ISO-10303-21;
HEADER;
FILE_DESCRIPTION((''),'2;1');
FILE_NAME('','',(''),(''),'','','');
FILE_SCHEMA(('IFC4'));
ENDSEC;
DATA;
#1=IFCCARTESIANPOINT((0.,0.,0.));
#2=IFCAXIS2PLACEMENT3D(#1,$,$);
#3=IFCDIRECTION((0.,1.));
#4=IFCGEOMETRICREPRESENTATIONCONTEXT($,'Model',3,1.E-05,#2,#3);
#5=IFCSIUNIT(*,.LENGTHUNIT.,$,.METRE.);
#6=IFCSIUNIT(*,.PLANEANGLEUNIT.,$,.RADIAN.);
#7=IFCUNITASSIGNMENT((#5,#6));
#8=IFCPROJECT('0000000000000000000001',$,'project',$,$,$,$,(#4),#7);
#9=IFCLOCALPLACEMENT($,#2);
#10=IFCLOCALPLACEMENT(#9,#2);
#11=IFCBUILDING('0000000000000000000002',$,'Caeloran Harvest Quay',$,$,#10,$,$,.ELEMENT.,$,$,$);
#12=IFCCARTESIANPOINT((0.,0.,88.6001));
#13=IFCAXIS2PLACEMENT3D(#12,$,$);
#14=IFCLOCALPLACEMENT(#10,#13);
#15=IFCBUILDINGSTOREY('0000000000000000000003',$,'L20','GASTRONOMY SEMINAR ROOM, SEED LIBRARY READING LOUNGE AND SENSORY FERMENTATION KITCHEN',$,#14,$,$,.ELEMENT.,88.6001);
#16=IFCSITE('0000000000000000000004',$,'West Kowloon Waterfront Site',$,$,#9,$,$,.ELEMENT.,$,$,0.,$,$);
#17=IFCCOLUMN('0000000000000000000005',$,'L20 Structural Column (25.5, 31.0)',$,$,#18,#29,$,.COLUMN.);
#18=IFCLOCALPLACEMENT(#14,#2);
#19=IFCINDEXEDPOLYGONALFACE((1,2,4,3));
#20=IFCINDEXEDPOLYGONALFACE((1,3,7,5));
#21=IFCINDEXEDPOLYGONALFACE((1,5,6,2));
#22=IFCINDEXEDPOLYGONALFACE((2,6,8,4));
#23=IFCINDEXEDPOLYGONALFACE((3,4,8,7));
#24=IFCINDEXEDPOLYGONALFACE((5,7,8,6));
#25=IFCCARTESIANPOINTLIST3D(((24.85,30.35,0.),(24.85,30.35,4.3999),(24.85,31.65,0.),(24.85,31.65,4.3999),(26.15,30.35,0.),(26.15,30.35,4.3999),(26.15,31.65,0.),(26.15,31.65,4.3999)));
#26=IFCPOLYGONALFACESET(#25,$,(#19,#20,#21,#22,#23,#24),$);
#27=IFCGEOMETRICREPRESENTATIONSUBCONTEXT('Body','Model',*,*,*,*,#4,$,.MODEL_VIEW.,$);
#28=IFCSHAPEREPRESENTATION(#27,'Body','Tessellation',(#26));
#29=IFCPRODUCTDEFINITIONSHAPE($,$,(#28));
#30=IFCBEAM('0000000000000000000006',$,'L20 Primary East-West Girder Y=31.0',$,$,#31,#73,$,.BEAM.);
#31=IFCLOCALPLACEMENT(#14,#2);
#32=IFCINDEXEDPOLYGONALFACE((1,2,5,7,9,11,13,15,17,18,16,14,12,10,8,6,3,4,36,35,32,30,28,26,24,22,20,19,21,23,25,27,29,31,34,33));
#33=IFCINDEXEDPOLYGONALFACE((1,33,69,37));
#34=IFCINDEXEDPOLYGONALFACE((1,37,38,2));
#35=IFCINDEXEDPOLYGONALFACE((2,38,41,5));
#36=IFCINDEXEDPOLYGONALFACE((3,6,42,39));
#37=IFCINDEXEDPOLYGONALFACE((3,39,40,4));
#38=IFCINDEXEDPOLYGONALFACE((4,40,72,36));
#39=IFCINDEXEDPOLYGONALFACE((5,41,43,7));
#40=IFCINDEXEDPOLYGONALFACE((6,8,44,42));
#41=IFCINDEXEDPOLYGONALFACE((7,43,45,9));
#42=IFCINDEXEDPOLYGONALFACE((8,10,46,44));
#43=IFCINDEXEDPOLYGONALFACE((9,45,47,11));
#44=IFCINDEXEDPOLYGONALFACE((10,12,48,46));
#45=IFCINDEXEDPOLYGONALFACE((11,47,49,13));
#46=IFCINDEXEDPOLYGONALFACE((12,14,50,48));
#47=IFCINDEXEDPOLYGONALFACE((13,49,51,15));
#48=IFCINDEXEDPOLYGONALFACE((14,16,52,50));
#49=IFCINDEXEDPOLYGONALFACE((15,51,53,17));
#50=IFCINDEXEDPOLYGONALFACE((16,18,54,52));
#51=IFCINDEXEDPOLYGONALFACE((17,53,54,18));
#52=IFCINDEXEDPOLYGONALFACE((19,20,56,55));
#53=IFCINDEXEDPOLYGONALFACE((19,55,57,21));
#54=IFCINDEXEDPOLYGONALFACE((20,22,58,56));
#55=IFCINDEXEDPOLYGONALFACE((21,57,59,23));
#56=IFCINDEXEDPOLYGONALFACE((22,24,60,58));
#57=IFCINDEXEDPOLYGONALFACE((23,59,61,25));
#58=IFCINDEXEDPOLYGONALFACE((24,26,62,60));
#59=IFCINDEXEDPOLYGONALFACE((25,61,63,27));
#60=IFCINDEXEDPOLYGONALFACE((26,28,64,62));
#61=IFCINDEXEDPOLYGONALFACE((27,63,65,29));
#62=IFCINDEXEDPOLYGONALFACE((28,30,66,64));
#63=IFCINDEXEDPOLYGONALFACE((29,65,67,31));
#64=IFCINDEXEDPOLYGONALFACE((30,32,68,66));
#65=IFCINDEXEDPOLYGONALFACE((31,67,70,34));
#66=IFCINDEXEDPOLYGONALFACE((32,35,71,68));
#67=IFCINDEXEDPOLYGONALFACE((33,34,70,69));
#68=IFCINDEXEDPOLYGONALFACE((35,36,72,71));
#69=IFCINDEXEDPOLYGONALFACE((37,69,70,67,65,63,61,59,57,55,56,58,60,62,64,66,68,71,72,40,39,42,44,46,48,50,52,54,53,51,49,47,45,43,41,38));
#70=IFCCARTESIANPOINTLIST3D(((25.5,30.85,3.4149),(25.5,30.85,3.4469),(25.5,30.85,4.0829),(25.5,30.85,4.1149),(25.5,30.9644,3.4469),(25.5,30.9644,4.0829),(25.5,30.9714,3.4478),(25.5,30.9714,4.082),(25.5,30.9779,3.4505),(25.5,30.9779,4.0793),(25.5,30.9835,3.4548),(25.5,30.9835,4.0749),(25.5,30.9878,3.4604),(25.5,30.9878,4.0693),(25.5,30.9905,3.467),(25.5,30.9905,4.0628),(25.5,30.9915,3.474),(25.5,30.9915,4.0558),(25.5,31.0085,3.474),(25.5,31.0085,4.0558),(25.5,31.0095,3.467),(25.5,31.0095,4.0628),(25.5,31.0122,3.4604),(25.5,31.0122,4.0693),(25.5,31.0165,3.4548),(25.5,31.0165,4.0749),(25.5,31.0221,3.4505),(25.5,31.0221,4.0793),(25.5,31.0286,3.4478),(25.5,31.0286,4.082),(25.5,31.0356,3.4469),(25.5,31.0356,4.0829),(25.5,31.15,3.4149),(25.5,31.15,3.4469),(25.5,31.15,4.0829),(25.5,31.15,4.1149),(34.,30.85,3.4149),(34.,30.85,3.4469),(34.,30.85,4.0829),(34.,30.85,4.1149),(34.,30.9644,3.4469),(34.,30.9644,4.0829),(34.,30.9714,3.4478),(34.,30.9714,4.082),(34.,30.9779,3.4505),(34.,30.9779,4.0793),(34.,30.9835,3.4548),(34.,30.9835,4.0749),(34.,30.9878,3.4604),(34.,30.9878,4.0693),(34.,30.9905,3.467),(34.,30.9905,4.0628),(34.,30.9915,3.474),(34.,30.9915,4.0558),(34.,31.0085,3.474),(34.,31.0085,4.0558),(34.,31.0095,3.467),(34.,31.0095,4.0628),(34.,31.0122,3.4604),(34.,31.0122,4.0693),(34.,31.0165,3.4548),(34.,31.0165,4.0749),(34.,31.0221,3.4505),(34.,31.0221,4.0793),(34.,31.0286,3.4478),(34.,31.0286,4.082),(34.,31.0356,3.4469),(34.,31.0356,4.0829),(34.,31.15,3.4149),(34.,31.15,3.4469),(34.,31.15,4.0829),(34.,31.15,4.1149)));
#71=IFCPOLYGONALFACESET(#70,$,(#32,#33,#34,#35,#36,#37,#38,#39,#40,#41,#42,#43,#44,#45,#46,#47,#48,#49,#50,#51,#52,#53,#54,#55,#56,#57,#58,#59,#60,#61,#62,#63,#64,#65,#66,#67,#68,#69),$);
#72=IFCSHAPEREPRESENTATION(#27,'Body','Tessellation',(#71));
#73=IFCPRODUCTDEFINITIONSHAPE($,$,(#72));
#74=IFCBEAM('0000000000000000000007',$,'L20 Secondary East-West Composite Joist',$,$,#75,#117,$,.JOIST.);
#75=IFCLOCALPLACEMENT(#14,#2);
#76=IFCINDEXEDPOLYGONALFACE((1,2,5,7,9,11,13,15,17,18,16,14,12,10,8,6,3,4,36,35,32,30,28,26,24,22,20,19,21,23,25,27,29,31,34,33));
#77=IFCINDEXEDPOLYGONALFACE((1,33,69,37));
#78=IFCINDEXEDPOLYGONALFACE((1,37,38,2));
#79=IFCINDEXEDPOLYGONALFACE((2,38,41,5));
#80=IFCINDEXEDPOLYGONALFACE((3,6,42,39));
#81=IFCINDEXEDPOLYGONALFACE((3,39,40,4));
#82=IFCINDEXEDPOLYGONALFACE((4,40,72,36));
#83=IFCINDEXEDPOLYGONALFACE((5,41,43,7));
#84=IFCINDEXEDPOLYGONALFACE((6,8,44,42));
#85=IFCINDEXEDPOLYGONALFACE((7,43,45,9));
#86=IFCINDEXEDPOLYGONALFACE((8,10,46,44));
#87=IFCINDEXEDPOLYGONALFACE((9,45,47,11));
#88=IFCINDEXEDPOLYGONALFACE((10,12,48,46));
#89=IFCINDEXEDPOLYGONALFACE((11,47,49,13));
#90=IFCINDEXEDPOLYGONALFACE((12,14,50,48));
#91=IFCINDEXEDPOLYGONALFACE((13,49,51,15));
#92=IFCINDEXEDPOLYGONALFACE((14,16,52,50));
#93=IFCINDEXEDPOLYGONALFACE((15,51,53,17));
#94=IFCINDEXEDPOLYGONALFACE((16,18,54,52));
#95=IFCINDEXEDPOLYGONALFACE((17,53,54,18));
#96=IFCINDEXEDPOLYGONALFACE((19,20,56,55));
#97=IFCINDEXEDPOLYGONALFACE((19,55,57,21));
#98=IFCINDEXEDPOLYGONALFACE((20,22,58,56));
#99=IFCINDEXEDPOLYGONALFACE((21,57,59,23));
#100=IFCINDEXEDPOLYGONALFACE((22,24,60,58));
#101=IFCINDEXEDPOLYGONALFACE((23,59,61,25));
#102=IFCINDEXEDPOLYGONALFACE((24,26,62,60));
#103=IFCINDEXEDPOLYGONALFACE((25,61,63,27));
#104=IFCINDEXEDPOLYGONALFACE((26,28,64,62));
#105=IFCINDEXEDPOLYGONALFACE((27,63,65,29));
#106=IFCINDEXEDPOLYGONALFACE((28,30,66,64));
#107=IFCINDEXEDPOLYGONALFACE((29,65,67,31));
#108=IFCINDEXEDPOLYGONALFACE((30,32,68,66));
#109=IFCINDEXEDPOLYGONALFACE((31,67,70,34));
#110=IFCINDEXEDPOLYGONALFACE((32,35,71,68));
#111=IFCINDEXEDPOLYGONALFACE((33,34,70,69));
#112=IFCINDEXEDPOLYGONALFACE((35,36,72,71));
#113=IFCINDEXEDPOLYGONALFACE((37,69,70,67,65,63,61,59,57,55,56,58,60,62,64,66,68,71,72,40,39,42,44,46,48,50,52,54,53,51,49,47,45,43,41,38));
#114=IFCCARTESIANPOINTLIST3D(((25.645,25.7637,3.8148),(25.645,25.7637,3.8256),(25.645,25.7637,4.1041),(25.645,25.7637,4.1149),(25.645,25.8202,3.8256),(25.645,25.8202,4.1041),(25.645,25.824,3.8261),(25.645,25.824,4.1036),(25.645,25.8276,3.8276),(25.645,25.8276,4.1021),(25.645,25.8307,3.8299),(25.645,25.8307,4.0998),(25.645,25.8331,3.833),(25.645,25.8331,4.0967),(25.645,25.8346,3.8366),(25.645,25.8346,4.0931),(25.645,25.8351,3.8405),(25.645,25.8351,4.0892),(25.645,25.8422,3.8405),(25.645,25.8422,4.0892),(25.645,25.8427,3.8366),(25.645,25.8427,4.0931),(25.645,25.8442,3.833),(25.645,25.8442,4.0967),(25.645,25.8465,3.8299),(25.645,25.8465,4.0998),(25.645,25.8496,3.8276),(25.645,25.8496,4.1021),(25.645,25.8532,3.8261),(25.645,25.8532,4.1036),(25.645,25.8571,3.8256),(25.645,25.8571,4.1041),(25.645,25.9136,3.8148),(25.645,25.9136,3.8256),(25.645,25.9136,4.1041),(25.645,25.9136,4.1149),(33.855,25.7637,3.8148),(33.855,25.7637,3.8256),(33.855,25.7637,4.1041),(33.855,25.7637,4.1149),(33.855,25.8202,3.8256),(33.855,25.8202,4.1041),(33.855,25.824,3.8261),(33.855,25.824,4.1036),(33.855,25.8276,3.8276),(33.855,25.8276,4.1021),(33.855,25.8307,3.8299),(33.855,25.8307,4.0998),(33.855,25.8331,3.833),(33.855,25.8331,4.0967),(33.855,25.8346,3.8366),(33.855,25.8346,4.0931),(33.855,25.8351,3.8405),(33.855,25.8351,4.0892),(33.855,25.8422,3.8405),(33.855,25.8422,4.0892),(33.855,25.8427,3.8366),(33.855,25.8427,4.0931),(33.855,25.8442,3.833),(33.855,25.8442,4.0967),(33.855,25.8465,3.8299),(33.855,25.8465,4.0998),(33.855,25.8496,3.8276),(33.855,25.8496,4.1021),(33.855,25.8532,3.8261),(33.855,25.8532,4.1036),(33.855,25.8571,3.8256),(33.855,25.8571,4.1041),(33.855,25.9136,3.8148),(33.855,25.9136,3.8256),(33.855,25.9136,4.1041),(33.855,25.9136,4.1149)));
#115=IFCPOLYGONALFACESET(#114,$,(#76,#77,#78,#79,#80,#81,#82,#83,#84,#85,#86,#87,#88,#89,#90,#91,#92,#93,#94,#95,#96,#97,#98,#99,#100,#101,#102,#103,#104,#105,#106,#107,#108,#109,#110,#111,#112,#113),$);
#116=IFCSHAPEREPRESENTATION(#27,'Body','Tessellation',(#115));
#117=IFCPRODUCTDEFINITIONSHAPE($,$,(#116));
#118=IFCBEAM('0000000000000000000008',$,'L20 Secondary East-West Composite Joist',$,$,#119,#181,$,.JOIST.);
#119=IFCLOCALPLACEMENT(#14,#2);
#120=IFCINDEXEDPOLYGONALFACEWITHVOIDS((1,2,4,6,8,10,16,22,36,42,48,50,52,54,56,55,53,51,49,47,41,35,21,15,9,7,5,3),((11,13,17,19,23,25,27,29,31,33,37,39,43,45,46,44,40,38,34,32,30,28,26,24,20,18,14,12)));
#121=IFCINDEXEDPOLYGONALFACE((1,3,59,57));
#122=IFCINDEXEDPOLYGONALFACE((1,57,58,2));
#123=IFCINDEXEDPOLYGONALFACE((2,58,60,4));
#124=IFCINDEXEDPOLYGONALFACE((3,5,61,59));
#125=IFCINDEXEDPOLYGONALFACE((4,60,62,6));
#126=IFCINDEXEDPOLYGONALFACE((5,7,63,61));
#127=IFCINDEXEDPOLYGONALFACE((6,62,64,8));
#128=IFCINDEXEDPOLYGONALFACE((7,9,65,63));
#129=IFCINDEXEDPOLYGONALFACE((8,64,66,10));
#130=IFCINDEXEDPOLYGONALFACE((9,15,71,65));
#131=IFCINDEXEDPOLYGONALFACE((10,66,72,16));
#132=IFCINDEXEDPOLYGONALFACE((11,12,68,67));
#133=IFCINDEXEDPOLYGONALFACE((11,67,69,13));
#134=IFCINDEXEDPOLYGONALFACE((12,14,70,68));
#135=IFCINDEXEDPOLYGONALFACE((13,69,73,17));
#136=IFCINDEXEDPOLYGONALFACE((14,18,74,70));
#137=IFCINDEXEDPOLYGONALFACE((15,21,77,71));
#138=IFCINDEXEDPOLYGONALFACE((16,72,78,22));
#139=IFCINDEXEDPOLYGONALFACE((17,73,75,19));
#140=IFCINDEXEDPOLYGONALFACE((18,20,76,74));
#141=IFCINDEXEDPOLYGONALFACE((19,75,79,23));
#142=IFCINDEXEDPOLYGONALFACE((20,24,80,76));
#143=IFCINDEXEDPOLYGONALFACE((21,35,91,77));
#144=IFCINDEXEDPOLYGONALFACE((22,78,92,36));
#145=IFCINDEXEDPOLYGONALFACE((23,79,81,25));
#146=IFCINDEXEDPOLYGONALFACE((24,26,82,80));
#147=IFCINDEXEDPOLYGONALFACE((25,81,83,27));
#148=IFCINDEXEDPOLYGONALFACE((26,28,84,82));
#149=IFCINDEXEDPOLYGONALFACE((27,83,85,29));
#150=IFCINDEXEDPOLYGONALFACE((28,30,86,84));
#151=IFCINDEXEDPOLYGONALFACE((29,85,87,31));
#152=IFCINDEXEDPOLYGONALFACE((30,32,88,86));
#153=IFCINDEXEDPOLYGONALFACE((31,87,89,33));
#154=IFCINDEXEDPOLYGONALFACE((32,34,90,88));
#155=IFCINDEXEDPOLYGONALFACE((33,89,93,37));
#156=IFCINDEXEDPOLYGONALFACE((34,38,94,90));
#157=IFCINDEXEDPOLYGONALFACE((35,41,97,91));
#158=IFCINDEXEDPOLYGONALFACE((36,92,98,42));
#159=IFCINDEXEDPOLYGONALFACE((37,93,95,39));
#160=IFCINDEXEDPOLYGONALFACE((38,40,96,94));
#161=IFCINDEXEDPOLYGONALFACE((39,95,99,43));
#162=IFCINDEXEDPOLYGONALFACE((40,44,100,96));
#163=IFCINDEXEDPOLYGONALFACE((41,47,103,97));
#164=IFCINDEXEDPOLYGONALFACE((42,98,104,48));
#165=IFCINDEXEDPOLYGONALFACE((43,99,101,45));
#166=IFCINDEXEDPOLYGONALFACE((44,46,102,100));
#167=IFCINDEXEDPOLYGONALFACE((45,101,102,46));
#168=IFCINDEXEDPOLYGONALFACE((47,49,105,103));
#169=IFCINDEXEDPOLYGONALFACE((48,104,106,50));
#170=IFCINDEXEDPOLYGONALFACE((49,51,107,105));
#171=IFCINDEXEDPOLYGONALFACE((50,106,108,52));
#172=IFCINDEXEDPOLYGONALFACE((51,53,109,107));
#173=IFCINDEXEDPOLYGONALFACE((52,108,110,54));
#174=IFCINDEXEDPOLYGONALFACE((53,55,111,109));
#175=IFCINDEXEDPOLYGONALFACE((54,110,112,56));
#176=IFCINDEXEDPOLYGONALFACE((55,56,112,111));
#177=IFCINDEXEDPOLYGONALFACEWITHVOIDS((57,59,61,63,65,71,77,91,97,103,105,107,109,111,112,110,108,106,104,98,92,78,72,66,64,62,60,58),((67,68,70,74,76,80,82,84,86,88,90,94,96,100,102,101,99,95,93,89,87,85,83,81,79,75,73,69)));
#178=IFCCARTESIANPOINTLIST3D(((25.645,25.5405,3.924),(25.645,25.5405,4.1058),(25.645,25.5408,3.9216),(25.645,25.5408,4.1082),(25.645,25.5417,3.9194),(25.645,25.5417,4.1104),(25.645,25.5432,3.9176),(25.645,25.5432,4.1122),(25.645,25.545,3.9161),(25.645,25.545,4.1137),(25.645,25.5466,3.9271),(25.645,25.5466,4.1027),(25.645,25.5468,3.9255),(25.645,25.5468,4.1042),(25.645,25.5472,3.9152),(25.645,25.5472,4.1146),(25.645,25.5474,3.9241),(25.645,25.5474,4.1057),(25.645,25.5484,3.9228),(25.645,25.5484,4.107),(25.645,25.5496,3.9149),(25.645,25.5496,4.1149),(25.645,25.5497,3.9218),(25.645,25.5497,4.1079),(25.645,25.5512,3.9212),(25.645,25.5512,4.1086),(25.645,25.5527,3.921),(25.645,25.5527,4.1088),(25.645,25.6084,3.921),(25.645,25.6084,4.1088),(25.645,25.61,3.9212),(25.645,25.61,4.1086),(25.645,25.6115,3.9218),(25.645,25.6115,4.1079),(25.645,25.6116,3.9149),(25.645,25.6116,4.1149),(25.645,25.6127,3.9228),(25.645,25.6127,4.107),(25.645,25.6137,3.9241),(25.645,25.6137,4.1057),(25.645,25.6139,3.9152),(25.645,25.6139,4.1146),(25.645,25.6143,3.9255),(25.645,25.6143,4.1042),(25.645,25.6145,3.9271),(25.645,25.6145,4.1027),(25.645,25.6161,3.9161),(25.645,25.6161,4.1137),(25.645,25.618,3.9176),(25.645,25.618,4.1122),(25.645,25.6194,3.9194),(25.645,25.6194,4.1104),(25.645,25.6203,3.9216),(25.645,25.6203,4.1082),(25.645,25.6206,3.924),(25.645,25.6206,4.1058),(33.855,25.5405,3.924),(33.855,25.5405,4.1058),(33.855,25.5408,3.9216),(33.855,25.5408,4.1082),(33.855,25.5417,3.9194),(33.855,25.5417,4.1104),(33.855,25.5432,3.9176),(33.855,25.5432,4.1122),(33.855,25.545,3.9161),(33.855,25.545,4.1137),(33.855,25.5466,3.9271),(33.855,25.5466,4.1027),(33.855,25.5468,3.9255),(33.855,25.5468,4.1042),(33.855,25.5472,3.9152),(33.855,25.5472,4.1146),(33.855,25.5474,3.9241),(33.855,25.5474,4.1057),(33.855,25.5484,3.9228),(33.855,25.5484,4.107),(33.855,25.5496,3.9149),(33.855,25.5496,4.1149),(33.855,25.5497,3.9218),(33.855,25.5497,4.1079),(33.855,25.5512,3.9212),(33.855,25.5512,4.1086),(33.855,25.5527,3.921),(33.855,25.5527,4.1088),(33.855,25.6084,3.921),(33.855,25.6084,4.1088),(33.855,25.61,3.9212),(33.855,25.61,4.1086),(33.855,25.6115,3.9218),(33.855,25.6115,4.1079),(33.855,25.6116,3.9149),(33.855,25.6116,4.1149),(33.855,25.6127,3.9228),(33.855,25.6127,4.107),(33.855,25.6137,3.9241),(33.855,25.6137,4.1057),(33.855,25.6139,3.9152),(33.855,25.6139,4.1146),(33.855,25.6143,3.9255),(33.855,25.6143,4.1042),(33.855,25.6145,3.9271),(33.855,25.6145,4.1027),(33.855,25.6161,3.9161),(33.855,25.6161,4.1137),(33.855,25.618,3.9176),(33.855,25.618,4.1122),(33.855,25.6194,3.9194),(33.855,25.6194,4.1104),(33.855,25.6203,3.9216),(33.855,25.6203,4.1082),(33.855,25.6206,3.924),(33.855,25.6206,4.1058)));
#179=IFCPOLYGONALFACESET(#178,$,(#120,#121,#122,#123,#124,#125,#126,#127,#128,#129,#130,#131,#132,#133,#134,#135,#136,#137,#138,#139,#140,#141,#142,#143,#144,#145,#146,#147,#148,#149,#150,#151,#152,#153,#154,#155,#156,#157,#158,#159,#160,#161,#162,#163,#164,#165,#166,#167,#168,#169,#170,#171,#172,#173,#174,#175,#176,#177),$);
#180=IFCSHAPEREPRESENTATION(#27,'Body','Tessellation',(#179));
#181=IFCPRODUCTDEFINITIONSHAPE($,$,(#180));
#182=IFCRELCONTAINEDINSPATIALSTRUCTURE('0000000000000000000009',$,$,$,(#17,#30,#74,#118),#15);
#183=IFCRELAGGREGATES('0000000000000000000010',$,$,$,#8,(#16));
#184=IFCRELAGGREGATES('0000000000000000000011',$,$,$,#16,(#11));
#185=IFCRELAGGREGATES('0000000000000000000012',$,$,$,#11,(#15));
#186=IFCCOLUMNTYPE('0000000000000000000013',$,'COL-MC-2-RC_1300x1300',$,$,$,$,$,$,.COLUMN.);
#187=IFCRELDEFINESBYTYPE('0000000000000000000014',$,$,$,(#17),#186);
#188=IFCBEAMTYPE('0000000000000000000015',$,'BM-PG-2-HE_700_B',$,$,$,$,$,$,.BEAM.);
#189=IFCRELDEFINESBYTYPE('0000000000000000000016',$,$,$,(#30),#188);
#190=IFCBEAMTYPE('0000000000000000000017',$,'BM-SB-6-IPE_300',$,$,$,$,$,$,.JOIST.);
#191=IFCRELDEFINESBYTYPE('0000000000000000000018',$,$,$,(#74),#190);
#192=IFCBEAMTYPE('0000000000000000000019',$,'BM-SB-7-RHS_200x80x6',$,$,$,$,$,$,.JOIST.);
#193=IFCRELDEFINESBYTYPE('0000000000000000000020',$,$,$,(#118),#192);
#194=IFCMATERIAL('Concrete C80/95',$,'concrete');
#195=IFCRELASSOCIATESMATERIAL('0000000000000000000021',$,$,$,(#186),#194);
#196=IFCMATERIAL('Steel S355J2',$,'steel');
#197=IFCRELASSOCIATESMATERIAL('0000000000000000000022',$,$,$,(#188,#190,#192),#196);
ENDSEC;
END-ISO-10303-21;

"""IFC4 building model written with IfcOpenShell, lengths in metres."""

from ifc_helpers import new_model, si_unit, direction, frame, origin, origin_2d, place, context, subcontext, project, spatial, rectangle, hollow_rectangle, i_section, extrude, material, material_profile, profile_set, type_object, element, save


model = new_model("IFC4")

# Units and contexts
model_context = context("Model", 3, precision=1e-05, world=origin(), true_north=direction((0.0, 1.0)))
body_context = subcontext(model_context, "Body", "Model", "MODEL_VIEW")
ifc_project = project(units=[si_unit("LENGTHUNIT", "METRE"), si_unit("PLANEANGLEUNIT", "RADIAN")], contexts=[model_context])

# Site, building, storey
site_placement = place(None, origin())
site = spatial("IfcSite", under=ifc_project, at=site_placement, Name="West Kowloon Waterfront Site", CompositionType="ELEMENT", RefElevation=0.0)
building_placement = place(site_placement, origin())
building = spatial("IfcBuilding", under=site, at=building_placement, Name="Caeloran Harvest Quay", CompositionType="ELEMENT")
storey_placement = place(building_placement, frame((0.0, 0.0, 88.6001)))
storey = spatial("IfcBuildingStorey", under=building, at=storey_placement, Name="L20", Description="GASTRONOMY SEMINAR ROOM, SEED LIBRARY READING LOUNGE AND SENSORY FERMENTATION KITCHEN", CompositionType="ELEMENT", Elevation=88.6001)

# Column
ifc_material_1 = material(Name="Concrete C80/95", Category="concrete")
ifc_material_profile_1 = material_profile(ifc_material_1, rectangle(XDim=1.3, YDim=1.3, at=origin_2d()), Name="RC 1300x1300")
ifc_profile_set_1 = profile_set([ifc_material_profile_1], Name="Concrete C80/95")
column_type = type_object("IfcColumnType", Name="COL-MC-2-RC_1300x1300", PredefinedType="COLUMN", material=ifc_profile_set_1)
column_placement = place(storey_placement, frame((25.5, 31.0, 0.0), z_axis=(0.0, 0.0, 1.0), x_axis=(1.0, 0.0, 0.0)))
element("IfcColumn", 1, at=column_placement, inside=storey, type_object=column_type, Name="L20 Structural Column (25.5, 31.0)", PredefinedType="COLUMN", context=body_context, shape_type="SweptSolid", body=[
    extrude(rectangle(XDim=1.3, YDim=1.3, at=origin_2d()), origin(), (0.0, 0.0, 1.0), 4.3999),
])

# Beams
ifc_material_2 = material(Name="Steel S355J2", Category="steel")
ifc_material_profile_2 = material_profile(ifc_material_2, i_section(OverallWidth=0.3, OverallDepth=0.7, WebThickness=0.0171, FlangeThickness=0.032, FilletRadius=0.0271, at=origin_2d()), Name="HE 700 B")
ifc_profile_set_2 = profile_set([ifc_material_profile_2], Name="Steel S355J2")
beam_type_1 = type_object("IfcBeamType", Name="BM-PG-2-HE_700_B", PredefinedType="BEAM", material=ifc_profile_set_2)
beam_1_placement = place(storey_placement, frame((25.5, 31.0, 3.7649), z_axis=(1.0, 0.0, 0.0), x_axis=(0.0, 1.0, 0.0)))
element("IfcBeam", 2, at=beam_1_placement, inside=storey, type_object=beam_type_1, Name="L20 Primary East-West Girder Y=31.0", PredefinedType="BEAM", context=body_context, shape_type="SweptSolid", body=[
    extrude(i_section(OverallWidth=0.3, OverallDepth=0.7, WebThickness=0.0171, FlangeThickness=0.032, FilletRadius=0.0271, at=origin_2d()), origin(), (0.0, 0.0, 1.0), 8.5),
])
ifc_material_profile_3 = material_profile(ifc_material_2, i_section(OverallWidth=0.1499, OverallDepth=0.3, WebThickness=0.0071, FlangeThickness=0.0107, FilletRadius=0.0149, at=origin_2d()), Name="IPE 300")
ifc_profile_set_3 = profile_set([ifc_material_profile_3], Name="Steel S355J2")
beam_type_2 = type_object("IfcBeamType", Name="BM-SB-6-IPE_300", PredefinedType="JOIST", material=ifc_profile_set_3)
beam_2_placement = place(storey_placement, frame((25.645, 25.8386, 3.9648), z_axis=(1.0, 0.0, 0.0), x_axis=(0.0, 1.0, 0.0)))
element("IfcBeam", 3, at=beam_2_placement, inside=storey, type_object=beam_type_2, Name="L20 Secondary East-West Composite Joist", PredefinedType="JOIST", context=body_context, shape_type="SweptSolid", body=[
    extrude(i_section(OverallWidth=0.1499, OverallDepth=0.3, WebThickness=0.0071, FlangeThickness=0.0107, FilletRadius=0.0149, at=origin_2d()), origin(), (0.0, 0.0, 1.0), 8.21),
])
ifc_material_profile_4 = material_profile(ifc_material_2, hollow_rectangle(XDim=0.0801, YDim=0.2, WallThickness=0.0061, InnerFilletRadius=0.0061, OuterFilletRadius=0.009, at=origin_2d()), Name="RHS 200x80x6")
ifc_profile_set_4 = profile_set([ifc_material_profile_4], Name="Steel S355J2")
beam_type_3 = type_object("IfcBeamType", Name="BM-SB-7-RHS_200x80x6", PredefinedType="JOIST", material=ifc_profile_set_4)
for number, where, z_axis, x_axis, name in (
    (4, (25.645, 25.5806, 4.0149), (1.0, 0.0, 0.0), (0.0, 1.0, 0.0), "L20 Secondary East-West Composite Joist"),
):
    element("IfcBeam", number, at=place(storey_placement, frame(where, z_axis=z_axis, x_axis=x_axis)), inside=storey, type_object=beam_type_3, Name=name, PredefinedType="JOIST", context=body_context, shape_type="SweptSolid", body=[
        extrude(hollow_rectangle(XDim=0.0801, YDim=0.2, WallThickness=0.0061, InnerFilletRadius=0.0061, OuterFilletRadius=0.009, at=origin_2d()), origin(), (0.0, 0.0, 1.0), 8.21),
    ])

save(model, "model.ifc")
